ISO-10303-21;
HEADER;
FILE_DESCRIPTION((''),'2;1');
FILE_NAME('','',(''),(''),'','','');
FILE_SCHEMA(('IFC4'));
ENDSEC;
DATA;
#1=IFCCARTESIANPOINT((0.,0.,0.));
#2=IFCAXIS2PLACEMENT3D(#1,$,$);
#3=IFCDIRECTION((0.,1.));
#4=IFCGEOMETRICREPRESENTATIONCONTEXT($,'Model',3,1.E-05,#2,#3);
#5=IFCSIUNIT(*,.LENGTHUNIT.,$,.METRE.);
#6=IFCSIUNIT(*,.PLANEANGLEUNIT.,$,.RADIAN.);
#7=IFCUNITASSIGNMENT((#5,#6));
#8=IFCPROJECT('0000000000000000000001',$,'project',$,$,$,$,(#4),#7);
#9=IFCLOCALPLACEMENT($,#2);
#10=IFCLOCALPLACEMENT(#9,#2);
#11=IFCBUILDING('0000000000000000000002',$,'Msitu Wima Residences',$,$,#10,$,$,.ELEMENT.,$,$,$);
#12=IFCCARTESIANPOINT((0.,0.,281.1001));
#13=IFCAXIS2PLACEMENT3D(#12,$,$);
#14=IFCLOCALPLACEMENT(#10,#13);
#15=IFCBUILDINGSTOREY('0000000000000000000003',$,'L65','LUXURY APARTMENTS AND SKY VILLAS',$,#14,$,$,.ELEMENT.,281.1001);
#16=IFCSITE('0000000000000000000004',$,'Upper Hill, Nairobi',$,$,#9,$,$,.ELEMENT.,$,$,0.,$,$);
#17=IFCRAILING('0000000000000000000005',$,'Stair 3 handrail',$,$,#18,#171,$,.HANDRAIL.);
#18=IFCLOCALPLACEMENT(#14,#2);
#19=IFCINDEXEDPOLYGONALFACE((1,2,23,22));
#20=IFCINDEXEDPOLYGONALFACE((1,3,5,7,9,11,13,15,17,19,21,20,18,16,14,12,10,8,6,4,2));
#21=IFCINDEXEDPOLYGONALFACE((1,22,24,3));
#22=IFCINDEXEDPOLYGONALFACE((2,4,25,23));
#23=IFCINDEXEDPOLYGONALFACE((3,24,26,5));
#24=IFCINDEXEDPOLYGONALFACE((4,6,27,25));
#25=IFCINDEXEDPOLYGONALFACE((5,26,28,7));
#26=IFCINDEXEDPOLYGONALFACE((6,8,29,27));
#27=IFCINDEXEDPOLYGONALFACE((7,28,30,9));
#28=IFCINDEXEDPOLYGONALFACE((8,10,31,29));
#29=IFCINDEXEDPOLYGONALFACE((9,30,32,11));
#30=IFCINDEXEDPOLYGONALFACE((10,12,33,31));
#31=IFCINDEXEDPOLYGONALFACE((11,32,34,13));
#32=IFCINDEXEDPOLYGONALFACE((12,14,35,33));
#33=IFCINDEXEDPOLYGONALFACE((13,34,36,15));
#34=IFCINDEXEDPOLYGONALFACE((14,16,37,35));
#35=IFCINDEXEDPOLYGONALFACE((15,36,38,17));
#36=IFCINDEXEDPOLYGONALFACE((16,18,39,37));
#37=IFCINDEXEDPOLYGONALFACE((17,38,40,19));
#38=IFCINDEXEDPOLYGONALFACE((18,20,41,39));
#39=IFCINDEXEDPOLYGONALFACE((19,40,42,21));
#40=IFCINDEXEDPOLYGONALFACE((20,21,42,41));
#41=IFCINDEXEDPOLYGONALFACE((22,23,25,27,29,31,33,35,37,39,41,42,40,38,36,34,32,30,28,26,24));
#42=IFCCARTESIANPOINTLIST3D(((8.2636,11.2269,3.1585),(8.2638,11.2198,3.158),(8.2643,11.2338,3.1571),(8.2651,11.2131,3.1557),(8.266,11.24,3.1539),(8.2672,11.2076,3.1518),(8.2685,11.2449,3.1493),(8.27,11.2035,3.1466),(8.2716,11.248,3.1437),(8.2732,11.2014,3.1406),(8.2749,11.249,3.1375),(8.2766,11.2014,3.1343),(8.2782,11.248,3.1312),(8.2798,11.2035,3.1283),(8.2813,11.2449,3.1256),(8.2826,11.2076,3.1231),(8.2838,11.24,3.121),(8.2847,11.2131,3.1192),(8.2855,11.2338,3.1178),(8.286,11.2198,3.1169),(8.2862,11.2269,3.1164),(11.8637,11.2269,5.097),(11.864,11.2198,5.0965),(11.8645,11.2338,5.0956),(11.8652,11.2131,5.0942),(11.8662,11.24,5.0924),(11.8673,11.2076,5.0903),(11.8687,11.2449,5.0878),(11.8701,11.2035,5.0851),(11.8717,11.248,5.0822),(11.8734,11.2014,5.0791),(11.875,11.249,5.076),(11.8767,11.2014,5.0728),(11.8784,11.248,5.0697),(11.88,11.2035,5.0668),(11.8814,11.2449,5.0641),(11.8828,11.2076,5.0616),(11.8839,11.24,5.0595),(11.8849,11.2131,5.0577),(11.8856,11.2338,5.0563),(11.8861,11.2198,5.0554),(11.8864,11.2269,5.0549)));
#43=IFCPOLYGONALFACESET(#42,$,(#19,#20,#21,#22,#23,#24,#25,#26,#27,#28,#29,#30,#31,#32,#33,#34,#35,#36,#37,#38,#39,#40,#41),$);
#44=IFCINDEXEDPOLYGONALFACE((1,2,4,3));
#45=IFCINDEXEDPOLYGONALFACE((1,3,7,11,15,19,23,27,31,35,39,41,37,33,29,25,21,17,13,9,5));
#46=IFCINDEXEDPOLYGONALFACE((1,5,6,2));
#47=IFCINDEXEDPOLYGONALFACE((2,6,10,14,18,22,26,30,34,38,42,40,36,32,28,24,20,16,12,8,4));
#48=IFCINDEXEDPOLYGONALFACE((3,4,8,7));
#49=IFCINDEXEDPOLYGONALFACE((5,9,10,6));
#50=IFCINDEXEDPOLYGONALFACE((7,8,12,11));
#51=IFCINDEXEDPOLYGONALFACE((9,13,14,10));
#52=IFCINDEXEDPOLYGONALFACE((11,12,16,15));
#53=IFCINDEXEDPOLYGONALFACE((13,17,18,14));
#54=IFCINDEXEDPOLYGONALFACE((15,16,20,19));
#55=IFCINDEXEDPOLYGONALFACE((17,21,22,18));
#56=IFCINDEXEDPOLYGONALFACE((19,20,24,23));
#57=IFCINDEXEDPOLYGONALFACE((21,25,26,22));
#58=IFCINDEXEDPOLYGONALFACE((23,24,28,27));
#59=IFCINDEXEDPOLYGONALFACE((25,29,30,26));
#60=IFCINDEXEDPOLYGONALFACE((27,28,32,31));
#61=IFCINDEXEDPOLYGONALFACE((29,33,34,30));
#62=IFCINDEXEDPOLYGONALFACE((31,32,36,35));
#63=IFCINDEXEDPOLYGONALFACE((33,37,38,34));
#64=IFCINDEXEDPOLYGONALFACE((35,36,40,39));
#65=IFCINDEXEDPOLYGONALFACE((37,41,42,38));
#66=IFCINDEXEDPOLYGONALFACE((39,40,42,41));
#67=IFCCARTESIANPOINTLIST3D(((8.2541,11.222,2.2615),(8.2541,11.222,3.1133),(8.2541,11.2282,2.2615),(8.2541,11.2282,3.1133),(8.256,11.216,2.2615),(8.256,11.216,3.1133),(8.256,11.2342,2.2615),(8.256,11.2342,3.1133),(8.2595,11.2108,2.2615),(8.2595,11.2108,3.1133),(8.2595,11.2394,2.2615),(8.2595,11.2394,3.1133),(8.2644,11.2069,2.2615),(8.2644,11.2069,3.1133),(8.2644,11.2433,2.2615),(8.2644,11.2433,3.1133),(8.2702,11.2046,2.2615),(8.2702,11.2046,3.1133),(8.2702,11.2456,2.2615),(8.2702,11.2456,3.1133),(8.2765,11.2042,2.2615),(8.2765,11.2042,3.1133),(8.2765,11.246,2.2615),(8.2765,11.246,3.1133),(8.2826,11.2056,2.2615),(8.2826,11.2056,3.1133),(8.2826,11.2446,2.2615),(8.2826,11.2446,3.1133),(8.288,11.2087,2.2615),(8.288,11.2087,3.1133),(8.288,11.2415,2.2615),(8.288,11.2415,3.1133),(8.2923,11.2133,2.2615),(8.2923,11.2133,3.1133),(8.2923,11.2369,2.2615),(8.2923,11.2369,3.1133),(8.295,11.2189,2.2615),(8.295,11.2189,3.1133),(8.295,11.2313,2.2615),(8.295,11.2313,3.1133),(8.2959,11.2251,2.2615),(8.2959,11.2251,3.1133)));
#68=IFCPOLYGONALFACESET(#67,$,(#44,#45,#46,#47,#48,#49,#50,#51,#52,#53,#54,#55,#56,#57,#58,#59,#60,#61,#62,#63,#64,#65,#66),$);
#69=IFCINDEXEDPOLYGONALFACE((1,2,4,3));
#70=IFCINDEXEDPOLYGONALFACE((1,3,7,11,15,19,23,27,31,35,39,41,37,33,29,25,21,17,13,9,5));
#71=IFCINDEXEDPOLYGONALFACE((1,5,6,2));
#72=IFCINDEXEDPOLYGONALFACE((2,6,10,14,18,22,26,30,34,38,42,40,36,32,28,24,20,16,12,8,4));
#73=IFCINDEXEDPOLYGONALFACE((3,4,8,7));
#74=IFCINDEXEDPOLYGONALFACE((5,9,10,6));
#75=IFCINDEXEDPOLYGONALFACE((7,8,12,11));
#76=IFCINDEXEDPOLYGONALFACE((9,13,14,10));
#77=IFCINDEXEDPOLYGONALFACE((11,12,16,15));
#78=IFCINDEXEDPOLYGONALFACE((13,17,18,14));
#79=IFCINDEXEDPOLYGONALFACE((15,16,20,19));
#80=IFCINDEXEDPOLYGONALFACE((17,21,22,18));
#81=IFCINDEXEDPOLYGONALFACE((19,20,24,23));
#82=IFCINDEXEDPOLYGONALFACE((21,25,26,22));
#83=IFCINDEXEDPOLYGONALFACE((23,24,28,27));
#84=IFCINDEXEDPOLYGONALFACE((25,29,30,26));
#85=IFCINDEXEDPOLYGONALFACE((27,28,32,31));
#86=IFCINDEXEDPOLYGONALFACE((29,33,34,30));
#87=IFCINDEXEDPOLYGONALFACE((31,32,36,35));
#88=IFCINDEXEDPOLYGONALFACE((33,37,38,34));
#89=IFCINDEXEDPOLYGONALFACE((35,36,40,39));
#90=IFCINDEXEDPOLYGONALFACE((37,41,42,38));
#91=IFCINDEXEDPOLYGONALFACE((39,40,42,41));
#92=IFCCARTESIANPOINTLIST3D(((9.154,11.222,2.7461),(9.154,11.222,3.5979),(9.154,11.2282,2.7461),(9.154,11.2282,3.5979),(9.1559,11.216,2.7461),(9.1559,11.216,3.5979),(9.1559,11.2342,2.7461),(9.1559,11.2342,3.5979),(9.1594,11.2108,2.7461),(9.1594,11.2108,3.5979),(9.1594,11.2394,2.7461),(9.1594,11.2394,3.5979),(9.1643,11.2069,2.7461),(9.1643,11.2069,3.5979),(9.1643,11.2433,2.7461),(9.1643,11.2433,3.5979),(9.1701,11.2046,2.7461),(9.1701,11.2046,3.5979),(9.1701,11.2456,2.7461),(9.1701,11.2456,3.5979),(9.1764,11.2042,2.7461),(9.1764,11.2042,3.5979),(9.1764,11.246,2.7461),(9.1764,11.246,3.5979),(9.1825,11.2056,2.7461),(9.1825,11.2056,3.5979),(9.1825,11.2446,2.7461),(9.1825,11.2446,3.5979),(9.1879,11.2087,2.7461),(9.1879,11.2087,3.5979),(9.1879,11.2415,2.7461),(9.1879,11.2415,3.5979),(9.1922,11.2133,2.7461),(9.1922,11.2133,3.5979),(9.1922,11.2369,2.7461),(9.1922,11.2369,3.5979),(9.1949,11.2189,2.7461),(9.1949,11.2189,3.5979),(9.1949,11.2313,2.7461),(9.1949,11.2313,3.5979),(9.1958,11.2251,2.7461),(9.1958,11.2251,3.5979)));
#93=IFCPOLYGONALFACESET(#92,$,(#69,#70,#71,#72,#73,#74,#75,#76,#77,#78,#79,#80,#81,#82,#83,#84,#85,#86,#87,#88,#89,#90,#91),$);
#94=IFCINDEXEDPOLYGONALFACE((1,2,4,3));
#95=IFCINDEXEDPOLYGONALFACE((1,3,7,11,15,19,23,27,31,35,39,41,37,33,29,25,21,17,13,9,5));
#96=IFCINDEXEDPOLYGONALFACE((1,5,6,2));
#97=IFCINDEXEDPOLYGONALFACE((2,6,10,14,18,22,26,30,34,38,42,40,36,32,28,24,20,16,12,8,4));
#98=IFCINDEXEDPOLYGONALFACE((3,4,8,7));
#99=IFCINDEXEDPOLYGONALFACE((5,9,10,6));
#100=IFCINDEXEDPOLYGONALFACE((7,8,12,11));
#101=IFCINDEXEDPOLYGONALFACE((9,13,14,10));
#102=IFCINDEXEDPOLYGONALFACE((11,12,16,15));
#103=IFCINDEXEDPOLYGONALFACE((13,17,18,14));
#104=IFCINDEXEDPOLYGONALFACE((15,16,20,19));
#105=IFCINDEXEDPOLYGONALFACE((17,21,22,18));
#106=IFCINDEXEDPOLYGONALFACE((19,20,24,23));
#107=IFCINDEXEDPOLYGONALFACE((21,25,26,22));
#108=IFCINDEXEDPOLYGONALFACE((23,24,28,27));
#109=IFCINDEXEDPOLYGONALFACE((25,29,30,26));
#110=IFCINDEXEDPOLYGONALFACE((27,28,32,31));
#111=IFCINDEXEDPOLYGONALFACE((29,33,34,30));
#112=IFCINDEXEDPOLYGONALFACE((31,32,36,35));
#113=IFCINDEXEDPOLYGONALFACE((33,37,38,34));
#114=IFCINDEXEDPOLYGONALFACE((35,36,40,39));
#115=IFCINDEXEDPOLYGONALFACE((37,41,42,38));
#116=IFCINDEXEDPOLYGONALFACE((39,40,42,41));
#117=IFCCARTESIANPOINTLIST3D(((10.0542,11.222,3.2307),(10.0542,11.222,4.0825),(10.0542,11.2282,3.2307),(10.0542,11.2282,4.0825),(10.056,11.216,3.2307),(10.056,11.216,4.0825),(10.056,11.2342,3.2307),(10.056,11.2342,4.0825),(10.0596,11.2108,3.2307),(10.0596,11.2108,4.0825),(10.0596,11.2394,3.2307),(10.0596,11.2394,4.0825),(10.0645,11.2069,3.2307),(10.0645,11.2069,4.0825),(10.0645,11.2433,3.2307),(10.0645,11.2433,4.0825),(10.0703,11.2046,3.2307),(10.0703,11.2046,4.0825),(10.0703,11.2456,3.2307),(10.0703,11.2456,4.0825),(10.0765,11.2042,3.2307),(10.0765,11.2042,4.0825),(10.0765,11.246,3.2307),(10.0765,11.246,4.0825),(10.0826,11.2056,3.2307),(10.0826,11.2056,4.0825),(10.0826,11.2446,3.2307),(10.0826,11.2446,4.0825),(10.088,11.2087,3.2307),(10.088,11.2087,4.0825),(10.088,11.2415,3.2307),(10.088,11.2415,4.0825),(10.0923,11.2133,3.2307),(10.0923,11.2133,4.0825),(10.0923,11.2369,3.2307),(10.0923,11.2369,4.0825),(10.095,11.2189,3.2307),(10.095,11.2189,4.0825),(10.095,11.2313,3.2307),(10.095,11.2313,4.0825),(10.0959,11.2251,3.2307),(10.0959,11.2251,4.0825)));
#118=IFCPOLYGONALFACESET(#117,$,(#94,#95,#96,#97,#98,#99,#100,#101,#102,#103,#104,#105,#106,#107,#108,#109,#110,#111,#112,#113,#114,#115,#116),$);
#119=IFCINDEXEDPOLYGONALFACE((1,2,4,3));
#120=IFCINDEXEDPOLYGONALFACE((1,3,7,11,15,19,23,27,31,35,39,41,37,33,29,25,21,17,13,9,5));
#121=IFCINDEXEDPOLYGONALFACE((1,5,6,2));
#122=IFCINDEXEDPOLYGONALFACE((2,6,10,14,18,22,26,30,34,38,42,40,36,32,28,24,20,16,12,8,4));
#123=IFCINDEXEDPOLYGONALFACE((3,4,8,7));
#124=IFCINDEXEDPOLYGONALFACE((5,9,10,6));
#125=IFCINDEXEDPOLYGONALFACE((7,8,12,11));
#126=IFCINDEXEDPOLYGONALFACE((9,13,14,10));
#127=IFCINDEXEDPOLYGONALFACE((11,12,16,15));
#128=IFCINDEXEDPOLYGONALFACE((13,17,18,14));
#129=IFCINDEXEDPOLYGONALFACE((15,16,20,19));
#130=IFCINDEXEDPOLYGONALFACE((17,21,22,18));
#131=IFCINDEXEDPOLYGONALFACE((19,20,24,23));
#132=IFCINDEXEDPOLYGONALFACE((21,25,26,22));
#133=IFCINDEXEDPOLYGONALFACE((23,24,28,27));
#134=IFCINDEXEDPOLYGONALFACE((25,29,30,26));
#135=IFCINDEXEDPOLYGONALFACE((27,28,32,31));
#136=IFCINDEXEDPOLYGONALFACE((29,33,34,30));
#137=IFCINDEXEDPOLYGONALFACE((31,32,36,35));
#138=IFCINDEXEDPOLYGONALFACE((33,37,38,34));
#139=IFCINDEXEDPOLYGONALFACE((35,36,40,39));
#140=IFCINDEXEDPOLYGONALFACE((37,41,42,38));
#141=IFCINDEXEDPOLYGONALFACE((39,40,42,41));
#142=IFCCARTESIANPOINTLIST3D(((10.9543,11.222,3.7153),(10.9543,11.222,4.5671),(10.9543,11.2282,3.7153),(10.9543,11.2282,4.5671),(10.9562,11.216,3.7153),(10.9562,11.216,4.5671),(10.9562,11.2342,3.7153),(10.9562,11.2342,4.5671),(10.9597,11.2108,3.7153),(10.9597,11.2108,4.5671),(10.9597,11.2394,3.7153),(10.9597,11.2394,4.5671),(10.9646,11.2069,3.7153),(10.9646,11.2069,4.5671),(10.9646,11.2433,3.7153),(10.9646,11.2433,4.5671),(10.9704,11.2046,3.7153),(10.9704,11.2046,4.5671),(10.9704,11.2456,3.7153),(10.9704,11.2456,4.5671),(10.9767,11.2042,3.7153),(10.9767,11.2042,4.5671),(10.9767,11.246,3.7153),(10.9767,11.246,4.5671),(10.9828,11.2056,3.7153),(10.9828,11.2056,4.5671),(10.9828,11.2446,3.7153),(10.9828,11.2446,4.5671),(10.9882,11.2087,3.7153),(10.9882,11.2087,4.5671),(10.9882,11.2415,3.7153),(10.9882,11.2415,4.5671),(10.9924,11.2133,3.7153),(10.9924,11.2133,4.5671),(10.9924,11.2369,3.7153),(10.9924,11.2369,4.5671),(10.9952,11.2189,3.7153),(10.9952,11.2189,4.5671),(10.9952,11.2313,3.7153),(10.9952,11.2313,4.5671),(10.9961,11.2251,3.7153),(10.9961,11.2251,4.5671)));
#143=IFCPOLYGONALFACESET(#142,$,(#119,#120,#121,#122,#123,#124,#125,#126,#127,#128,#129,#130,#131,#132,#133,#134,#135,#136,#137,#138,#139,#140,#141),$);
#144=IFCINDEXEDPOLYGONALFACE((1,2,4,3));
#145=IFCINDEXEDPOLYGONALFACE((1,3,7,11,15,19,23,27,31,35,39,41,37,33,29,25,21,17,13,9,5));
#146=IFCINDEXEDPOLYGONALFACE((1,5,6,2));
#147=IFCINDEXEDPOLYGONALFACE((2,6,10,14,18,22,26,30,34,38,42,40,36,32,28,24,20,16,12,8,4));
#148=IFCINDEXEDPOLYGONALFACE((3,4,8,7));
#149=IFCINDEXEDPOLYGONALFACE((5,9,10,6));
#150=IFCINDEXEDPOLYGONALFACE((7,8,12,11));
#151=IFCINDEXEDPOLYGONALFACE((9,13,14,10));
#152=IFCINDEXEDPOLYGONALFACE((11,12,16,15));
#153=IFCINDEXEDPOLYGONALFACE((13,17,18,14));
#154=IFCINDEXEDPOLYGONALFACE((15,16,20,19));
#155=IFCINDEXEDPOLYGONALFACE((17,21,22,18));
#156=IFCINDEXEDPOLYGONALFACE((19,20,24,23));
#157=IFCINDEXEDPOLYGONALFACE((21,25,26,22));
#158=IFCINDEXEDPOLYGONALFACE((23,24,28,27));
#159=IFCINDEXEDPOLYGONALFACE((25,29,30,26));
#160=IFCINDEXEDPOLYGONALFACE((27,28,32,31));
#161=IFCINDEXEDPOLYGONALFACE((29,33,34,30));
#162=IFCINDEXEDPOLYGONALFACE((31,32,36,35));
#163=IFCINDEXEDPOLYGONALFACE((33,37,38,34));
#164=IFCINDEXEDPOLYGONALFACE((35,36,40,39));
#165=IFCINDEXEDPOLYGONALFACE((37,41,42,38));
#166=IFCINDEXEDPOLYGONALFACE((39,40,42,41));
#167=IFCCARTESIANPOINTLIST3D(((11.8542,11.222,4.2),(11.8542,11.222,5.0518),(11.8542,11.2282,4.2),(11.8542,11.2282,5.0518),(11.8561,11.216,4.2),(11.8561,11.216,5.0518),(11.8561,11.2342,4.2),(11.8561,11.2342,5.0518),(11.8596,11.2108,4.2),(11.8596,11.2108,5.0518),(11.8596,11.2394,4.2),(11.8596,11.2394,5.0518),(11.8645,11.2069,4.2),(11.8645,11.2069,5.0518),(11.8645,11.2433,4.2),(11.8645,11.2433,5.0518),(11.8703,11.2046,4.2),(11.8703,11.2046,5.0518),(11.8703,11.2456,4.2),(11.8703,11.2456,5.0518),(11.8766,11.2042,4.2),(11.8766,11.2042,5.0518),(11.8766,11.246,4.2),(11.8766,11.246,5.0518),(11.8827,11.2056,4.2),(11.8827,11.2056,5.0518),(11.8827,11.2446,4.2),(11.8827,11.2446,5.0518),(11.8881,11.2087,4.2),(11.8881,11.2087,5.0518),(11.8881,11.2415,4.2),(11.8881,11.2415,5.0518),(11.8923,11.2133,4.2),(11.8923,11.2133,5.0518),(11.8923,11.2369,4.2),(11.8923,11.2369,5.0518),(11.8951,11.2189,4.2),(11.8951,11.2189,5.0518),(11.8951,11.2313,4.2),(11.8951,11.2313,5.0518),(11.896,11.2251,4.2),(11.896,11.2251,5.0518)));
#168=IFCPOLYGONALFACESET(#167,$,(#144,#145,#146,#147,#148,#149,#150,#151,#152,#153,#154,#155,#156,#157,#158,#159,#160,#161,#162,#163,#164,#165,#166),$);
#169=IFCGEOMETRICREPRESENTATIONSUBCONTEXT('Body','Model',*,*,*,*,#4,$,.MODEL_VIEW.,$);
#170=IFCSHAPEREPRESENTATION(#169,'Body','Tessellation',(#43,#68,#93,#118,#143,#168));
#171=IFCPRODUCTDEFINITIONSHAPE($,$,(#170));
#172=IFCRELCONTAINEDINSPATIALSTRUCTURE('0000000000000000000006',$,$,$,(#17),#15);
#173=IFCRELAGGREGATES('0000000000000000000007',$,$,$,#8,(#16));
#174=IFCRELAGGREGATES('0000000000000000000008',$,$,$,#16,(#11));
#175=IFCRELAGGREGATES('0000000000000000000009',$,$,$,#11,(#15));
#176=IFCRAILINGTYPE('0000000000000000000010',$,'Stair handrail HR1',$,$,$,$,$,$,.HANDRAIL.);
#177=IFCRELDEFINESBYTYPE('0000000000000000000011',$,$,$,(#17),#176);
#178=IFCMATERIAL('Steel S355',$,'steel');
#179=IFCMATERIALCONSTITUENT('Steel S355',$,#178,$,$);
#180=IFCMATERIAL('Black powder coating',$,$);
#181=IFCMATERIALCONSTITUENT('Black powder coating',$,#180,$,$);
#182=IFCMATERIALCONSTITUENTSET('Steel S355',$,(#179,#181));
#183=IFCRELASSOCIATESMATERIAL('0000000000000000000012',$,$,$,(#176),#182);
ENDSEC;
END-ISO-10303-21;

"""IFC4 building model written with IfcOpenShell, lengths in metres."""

from ifc_helpers import new_model, si_unit, direction, frame, origin, origin_2d, place, context, subcontext, project, spatial, circle, extrude, material, constituent, constituent_set, type_object, element, save


model = new_model("IFC4")

# Units and contexts
model_context = context("Model", 3, precision=1e-05, world=origin(), true_north=direction((0.0, 1.0)))
body_context = subcontext(model_context, "Body", "Model", "MODEL_VIEW")
ifc_project = project(units=[si_unit("LENGTHUNIT", "METRE"), si_unit("PLANEANGLEUNIT", "RADIAN")], contexts=[model_context])

# Site, building, storey
site_placement = place(None, origin())
site = spatial("IfcSite", under=ifc_project, at=site_placement, Name="Upper Hill, Nairobi", CompositionType="ELEMENT", RefElevation=0.0)
building_placement = place(site_placement, origin())
building = spatial("IfcBuilding", under=site, at=building_placement, Name="Msitu Wima Residences", CompositionType="ELEMENT")
storey_placement = place(building_placement, frame((0.0, 0.0, 281.1001)))
storey = spatial("IfcBuildingStorey", under=building, at=storey_placement, Name="L65", Description="LUXURY APARTMENTS AND SKY VILLAS", CompositionType="ELEMENT", Elevation=281.1001)

# Railing
ifc_material_1 = material(Name="Steel S355", Category="steel")
ifc_constituent_1 = constituent(ifc_material_1, Name="Steel S355")
ifc_material_2 = material(Name="Black powder coating")
ifc_constituent_2 = constituent(ifc_material_2, Name="Black powder coating")
ifc_constituent_set = constituent_set(constituents=[ifc_constituent_1, ifc_constituent_2], Name="Steel S355")
railing_type = type_object("IfcRailingType", Name="Stair handrail HR1", PredefinedType="HANDRAIL", material=ifc_constituent_set)
for number, where, name in (
    (1, (8.2749, 11.2251, 2.2615), "Stair 3 handrail"),
):
    element("IfcRailing", number, at=place(storey_placement, frame(where)), inside=storey, type_object=railing_type, Name=name, PredefinedType="HANDRAIL", context=body_context, shape_type="SweptSolid", body=[
        extrude(circle(Radius=0.0239, at=origin_2d()), frame((0.0, 0.0, 0.876), z_axis=(0.880475, 0.0, 0.474093), x_axis=(0.0, 1.0, 0.0)), (0.0, 0.0, 1.0), 4.0889),
        extrude(circle(Radius=0.021, at=origin_2d()), origin(), (0.0, 0.0, 1.0), 0.8518),
        extrude(circle(Radius=0.021, at=origin_2d()), frame((0.8999, 0.0, 0.4846)), (0.0, 0.0, 1.0), 0.8518),
        extrude(circle(Radius=0.021, at=origin_2d()), frame((1.8, 0.0, 0.9692)), (0.0, 0.0, 1.0), 0.8518),
        extrude(circle(Radius=0.021, at=origin_2d()), frame((2.7002, 0.0, 1.4539)), (0.0, 0.0, 1.0), 0.8518),
        extrude(circle(Radius=0.021, at=origin_2d()), frame((3.6001, 0.0, 1.9385)), (0.0, 0.0, 1.0), 0.8518),
    ])

save(model, "model.ifc")
